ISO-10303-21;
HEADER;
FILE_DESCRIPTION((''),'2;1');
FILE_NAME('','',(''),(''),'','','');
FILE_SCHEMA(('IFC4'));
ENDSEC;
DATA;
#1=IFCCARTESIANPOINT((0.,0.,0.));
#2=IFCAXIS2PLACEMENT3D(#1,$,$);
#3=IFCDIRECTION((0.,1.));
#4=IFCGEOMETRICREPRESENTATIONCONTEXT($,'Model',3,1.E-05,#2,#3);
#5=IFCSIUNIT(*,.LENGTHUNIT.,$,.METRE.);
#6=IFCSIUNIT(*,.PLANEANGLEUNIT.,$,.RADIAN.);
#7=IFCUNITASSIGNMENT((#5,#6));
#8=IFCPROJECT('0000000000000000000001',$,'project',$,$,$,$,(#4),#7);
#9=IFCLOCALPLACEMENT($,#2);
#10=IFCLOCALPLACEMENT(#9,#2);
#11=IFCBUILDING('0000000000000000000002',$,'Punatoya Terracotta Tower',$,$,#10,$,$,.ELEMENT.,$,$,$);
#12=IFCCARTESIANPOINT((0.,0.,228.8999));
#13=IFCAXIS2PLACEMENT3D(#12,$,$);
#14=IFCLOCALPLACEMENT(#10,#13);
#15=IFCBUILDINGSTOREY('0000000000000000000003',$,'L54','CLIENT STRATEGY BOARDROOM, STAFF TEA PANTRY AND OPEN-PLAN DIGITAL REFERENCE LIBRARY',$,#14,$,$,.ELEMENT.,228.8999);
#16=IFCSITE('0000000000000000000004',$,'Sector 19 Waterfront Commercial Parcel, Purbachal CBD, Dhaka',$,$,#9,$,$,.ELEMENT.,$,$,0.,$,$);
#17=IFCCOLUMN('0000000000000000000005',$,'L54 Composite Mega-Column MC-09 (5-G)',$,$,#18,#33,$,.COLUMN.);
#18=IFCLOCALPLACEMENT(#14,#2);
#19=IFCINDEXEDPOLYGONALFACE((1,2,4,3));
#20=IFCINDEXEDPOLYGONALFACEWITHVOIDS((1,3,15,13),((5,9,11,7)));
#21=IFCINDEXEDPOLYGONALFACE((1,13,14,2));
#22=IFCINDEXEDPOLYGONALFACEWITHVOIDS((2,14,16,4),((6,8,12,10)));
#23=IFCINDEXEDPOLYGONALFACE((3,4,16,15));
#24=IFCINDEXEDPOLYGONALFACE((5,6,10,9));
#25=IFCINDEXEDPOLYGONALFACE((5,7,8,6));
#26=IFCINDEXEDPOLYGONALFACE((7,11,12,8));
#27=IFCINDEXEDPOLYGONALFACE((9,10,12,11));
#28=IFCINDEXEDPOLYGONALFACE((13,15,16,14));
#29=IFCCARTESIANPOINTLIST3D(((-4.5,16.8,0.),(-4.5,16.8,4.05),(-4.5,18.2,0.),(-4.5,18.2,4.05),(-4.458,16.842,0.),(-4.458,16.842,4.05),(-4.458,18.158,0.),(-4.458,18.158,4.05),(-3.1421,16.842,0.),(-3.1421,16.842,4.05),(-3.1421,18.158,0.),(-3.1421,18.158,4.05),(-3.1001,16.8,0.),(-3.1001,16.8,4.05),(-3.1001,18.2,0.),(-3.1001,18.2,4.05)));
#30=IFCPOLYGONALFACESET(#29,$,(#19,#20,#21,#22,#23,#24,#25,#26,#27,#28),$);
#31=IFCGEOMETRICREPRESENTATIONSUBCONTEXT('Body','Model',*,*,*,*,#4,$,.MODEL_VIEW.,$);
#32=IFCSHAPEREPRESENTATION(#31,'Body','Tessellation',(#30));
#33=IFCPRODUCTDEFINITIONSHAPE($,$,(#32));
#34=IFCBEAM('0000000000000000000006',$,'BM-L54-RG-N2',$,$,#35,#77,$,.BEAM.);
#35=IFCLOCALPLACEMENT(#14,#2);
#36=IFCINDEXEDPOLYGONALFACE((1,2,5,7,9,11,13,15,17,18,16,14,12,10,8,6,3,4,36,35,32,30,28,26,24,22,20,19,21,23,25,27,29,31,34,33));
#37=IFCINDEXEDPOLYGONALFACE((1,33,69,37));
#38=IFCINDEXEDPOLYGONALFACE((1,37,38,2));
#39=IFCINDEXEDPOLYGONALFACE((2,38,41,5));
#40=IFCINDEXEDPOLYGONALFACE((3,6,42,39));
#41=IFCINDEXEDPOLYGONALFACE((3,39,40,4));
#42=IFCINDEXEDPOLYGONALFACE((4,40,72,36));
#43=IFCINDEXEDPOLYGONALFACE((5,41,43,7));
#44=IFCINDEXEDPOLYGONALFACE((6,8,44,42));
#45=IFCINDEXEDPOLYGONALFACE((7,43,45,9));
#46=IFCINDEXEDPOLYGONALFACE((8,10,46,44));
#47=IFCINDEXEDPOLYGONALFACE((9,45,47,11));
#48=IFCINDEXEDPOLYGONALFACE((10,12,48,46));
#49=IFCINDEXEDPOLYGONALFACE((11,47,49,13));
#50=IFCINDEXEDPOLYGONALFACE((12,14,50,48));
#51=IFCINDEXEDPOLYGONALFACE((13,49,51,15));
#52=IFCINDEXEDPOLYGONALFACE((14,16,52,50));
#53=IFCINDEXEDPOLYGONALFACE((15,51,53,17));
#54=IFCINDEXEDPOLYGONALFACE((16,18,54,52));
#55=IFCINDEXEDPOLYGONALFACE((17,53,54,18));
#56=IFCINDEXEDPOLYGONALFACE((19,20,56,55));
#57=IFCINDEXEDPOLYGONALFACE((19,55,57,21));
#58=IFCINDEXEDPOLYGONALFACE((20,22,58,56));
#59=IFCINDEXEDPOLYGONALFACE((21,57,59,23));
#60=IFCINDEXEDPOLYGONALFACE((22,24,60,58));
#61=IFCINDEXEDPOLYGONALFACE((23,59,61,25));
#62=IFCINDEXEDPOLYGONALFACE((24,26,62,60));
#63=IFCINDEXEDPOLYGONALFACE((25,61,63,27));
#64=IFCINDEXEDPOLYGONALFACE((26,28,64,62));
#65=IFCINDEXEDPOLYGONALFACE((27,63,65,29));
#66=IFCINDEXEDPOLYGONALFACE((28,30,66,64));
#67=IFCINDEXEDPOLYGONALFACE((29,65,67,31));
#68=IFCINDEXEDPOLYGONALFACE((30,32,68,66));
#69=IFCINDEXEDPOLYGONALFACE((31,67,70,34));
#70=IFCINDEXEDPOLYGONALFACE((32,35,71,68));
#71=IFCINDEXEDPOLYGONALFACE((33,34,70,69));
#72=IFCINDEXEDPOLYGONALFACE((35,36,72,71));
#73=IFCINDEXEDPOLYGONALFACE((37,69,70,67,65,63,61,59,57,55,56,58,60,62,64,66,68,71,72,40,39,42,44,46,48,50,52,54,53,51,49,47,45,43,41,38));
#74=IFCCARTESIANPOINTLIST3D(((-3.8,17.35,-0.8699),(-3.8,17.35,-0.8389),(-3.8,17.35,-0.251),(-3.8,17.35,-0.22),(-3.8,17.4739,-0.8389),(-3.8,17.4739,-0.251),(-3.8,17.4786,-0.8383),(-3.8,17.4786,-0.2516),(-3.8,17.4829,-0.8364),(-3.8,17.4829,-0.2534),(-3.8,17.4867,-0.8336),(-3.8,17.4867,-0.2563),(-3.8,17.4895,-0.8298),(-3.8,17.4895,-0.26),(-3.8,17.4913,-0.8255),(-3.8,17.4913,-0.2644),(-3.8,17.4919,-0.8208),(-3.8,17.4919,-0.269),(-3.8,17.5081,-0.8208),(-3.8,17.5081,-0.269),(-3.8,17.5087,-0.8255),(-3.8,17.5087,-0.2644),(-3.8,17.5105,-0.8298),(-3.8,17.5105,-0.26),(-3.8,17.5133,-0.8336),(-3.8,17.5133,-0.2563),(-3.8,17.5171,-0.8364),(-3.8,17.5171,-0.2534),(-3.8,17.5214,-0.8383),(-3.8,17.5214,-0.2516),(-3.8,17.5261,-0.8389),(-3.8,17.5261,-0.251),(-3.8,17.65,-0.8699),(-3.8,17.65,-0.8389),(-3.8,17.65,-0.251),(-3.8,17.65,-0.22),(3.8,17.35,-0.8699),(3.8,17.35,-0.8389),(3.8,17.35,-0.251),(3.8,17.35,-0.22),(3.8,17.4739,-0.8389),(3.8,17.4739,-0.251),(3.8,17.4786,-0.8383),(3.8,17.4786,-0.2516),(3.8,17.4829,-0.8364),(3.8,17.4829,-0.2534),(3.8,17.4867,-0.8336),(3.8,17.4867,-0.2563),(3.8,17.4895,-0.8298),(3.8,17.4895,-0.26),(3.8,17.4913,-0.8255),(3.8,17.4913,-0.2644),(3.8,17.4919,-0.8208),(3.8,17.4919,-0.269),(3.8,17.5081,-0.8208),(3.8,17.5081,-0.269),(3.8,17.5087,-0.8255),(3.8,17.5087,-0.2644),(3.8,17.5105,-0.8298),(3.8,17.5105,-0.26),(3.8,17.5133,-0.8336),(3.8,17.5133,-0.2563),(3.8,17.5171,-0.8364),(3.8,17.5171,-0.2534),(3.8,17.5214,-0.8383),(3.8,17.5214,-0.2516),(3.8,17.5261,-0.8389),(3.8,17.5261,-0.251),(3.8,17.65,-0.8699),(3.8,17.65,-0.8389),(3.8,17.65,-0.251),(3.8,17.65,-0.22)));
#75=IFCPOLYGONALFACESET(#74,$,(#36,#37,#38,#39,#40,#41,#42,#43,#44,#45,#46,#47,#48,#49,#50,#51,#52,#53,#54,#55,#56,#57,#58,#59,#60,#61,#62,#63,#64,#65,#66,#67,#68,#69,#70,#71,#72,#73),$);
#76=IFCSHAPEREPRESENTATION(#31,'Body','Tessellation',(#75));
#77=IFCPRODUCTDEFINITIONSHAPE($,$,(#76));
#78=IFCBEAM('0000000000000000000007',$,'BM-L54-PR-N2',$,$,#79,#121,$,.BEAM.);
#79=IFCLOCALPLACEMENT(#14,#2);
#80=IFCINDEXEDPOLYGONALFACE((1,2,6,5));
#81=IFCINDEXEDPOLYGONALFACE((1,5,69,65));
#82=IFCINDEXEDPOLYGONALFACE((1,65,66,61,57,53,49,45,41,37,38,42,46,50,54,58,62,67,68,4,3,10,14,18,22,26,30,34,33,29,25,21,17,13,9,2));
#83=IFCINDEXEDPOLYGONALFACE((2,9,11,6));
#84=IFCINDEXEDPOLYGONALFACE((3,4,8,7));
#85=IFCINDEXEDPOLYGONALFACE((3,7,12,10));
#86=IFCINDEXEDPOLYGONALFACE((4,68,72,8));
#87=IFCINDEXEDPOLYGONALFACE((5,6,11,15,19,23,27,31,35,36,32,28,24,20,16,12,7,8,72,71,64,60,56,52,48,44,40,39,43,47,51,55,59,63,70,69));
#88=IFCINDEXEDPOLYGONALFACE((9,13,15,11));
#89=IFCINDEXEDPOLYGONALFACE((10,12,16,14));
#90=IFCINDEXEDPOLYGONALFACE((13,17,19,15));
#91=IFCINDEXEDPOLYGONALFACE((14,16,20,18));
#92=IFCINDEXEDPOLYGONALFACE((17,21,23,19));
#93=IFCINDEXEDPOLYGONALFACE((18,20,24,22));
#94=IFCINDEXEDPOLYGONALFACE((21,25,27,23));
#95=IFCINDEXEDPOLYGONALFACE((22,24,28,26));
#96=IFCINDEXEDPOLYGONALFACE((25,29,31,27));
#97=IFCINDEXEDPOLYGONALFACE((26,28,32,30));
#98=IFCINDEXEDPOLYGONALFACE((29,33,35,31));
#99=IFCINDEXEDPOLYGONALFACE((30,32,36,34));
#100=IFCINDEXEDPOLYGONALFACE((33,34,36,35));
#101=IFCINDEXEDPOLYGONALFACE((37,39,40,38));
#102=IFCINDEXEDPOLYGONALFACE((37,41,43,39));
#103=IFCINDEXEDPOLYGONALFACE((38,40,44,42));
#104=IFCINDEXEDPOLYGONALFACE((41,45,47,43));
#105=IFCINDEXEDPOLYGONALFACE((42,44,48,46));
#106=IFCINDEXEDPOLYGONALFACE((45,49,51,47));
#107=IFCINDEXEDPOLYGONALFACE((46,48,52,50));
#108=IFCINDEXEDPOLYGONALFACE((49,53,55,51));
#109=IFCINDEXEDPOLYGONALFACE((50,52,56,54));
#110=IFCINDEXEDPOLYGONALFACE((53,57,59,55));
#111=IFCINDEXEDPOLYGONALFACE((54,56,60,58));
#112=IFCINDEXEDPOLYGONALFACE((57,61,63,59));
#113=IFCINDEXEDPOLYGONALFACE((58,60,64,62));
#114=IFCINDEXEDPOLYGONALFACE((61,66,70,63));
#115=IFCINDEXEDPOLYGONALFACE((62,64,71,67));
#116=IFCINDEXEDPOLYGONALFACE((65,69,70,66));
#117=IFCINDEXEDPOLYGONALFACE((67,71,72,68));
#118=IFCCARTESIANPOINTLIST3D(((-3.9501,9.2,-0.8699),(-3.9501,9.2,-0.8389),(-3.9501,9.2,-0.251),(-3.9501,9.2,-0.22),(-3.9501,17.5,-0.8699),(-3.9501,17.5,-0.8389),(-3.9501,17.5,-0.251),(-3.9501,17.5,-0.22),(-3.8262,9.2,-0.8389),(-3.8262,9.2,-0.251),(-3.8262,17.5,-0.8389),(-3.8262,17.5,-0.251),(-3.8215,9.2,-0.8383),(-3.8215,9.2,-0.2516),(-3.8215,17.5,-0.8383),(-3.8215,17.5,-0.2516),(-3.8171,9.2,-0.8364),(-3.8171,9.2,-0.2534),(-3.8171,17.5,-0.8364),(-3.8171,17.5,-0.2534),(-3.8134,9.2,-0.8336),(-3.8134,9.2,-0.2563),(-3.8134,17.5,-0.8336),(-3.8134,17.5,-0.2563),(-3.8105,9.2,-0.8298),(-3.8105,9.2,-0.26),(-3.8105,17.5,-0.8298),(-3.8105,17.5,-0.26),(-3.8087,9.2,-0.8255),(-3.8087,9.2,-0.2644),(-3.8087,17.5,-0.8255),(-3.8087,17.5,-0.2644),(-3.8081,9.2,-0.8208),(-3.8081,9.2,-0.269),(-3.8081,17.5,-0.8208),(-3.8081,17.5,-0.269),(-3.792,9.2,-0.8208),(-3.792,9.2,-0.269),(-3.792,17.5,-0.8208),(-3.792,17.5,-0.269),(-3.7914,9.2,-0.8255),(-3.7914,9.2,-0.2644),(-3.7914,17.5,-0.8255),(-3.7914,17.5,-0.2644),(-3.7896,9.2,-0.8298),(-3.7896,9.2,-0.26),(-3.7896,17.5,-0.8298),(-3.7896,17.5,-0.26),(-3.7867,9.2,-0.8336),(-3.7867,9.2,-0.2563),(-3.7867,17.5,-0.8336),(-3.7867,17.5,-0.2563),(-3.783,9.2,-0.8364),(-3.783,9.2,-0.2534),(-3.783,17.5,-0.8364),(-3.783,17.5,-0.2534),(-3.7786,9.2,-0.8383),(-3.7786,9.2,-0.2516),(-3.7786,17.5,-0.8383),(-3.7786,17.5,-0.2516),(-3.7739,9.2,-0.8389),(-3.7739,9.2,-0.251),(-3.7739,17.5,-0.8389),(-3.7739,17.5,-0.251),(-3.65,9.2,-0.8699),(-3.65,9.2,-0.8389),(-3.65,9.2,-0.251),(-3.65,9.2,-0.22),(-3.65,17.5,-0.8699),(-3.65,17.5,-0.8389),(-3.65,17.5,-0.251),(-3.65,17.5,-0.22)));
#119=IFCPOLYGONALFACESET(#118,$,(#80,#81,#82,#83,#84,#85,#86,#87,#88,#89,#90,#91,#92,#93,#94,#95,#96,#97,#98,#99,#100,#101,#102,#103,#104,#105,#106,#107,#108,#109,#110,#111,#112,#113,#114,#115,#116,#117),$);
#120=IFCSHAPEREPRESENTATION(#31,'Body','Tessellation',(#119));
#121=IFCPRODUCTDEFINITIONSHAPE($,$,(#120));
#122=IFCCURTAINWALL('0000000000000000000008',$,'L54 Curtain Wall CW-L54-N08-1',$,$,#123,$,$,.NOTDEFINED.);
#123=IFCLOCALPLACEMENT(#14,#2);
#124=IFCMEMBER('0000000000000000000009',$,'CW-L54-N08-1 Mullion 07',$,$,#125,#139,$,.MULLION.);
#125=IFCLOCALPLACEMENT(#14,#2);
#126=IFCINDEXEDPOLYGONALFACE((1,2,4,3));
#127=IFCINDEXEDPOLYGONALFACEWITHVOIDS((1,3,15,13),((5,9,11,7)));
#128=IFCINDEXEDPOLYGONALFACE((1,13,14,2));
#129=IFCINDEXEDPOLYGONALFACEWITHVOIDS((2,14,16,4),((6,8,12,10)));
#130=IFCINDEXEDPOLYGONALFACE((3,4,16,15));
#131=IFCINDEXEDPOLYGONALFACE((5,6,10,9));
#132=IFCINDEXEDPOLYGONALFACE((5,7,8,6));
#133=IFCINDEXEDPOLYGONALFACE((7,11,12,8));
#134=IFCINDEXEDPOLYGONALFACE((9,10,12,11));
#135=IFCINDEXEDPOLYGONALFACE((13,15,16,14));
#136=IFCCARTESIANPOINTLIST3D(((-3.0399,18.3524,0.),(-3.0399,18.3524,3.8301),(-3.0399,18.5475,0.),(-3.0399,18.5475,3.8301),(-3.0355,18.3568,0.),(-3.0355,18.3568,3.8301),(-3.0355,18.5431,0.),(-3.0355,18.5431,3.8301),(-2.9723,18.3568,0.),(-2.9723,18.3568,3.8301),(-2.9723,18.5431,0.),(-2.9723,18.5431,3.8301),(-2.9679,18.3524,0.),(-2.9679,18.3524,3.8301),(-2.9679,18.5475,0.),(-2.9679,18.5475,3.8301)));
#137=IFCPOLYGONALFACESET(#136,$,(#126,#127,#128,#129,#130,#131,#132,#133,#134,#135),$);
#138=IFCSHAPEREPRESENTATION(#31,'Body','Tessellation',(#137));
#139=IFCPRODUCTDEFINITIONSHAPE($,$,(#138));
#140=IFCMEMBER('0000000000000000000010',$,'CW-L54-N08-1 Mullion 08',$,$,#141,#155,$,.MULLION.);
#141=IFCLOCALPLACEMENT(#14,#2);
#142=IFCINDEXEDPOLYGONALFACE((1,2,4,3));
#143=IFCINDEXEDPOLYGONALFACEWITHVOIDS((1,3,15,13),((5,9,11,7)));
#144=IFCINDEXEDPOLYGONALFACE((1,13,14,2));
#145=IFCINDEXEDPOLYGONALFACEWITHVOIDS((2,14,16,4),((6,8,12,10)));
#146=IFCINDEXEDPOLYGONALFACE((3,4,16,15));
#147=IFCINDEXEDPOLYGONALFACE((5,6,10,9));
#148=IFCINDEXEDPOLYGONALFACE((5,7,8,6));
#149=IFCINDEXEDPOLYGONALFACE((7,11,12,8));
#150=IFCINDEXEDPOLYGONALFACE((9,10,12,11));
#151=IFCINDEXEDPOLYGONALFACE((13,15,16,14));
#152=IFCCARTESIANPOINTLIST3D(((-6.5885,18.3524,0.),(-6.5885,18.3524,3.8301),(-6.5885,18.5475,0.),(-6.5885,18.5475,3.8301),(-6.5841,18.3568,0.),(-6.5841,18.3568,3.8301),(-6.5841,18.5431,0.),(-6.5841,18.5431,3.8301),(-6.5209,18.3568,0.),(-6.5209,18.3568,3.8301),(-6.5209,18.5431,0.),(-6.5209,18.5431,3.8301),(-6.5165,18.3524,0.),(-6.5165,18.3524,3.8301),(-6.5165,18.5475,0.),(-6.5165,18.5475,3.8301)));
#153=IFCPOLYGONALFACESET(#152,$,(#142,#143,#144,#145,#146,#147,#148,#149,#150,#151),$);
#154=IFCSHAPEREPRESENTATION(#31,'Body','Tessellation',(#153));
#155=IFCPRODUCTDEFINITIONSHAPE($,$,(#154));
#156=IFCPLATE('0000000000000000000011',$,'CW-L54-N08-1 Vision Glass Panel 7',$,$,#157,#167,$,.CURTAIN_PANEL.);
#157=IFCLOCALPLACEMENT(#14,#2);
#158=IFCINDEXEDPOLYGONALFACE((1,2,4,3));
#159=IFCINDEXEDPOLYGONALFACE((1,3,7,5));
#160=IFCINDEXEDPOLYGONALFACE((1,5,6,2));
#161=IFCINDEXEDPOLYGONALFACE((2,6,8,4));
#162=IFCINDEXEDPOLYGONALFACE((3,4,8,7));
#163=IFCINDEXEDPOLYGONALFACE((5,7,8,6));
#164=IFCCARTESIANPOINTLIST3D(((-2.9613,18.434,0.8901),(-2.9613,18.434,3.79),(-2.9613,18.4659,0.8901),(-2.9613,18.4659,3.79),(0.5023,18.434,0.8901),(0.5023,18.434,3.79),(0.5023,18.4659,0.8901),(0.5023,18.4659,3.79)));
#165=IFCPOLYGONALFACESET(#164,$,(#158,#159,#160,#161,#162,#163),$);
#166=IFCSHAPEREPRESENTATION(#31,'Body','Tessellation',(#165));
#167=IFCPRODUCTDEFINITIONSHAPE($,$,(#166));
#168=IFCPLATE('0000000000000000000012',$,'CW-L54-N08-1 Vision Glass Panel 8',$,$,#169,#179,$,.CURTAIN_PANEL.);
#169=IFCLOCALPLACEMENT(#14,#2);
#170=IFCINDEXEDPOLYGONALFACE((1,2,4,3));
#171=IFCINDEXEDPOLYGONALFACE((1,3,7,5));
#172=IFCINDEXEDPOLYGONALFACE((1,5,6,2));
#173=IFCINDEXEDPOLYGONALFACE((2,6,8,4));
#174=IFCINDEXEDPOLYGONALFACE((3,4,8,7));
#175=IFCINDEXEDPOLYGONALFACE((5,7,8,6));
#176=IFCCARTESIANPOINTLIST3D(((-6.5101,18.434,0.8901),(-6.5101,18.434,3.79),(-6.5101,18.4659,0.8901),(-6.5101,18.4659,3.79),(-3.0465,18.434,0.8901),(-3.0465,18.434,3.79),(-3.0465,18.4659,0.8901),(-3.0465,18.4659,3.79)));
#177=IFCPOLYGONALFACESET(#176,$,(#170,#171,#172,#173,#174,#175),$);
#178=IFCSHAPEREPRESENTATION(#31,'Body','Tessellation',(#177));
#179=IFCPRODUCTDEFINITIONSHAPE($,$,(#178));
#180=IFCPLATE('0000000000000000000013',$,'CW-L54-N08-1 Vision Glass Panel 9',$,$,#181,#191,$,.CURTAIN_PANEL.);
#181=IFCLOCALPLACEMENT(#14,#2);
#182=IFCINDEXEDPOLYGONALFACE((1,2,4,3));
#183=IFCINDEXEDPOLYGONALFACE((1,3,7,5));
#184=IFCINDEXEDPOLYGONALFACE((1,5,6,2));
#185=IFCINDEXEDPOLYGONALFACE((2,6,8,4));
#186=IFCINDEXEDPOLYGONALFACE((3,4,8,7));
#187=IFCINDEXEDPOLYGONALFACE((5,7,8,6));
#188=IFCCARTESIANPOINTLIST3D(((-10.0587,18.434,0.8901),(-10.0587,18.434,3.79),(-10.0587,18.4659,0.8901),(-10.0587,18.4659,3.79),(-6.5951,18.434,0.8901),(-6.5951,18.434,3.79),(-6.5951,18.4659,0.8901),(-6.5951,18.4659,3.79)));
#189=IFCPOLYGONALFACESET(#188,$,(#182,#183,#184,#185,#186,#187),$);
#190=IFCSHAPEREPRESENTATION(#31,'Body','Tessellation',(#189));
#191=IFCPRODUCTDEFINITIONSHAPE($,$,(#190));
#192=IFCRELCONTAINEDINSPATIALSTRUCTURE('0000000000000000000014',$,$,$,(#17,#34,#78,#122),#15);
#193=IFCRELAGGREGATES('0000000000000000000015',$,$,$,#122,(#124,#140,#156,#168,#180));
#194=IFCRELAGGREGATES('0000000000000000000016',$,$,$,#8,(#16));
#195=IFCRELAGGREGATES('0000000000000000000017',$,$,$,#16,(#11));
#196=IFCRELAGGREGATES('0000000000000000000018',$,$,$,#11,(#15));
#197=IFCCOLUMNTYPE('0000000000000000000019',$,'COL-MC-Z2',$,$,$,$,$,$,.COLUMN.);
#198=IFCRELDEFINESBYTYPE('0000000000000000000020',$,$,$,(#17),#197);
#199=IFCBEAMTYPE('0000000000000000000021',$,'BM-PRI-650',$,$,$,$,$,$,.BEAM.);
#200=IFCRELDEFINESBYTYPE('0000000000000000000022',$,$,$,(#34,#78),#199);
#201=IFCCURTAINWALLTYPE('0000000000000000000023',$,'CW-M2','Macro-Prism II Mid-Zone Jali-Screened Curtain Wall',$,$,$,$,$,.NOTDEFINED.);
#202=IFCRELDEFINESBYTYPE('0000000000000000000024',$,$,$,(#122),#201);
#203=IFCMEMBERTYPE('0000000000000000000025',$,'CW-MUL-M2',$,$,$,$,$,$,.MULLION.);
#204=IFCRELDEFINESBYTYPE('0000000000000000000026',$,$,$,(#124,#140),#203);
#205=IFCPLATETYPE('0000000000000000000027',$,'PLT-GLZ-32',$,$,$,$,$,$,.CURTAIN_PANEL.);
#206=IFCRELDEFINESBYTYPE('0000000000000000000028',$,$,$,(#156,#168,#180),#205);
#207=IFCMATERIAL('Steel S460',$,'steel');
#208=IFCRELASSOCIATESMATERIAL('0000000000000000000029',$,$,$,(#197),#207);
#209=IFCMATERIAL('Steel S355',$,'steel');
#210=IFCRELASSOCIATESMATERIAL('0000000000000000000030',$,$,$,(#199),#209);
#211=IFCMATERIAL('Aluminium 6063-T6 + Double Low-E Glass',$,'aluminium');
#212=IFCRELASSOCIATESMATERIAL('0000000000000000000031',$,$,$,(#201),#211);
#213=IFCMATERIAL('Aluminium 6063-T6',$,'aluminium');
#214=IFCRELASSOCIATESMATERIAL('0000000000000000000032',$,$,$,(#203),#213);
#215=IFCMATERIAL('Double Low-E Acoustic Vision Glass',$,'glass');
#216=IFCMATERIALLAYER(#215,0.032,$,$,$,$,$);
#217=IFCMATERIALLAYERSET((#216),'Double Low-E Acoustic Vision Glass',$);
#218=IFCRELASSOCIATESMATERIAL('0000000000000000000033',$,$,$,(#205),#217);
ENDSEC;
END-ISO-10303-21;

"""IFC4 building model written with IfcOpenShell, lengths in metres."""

from ifc_helpers import new_model, si_unit, direction, frame, origin, origin_2d, place, context, subcontext, project, spatial, rectangle, hollow_rectangle, i_section, extrude, material, layer, layer_set, material_profile, profile_set, type_object, element, aggregate, save


model = new_model("IFC4")

# Units and contexts
model_context = context("Model", 3, precision=1e-05, world=origin(), true_north=direction((0.0, 1.0)))
body_context = subcontext(model_context, "Body", "Model", "MODEL_VIEW")
ifc_project = project(units=[si_unit("LENGTHUNIT", "METRE"), si_unit("PLANEANGLEUNIT", "RADIAN")], contexts=[model_context])

# Site, building, storey
site_placement = place(None, origin())
site = spatial("IfcSite", under=ifc_project, at=site_placement, Name="Sector 19 Waterfront Commercial Parcel, Purbachal CBD, Dhaka", CompositionType="ELEMENT", RefElevation=0.0)
building_placement = place(site_placement, origin())
building = spatial("IfcBuilding", under=site, at=building_placement, Name="Punatoya Terracotta Tower", CompositionType="ELEMENT")
storey_placement = place(building_placement, frame((0.0, 0.0, 228.8999)))
storey = spatial("IfcBuildingStorey", under=building, at=storey_placement, Name="L54", Description="CLIENT STRATEGY BOARDROOM, STAFF TEA PANTRY AND OPEN-PLAN DIGITAL REFERENCE LIBRARY", CompositionType="ELEMENT", Elevation=228.8999)

# Column
ifc_material_1 = material(Name="Steel S460", Category="steel")
ifc_material_profile_1 = material_profile(ifc_material_1, hollow_rectangle(XDim=1.3999, YDim=1.3999, WallThickness=0.042, at=origin_2d()))
ifc_profile_set_1 = profile_set([ifc_material_profile_1], Name="Steel S460")
column_type = type_object("IfcColumnType", Name="COL-MC-Z2", PredefinedType="COLUMN", material=ifc_profile_set_1)
column_placement = place(storey_placement, frame((-3.8, 17.5, 0.0), z_axis=(0.0, 0.0, 1.0), x_axis=(1.0, 0.0, 0.0)))
element("IfcColumn", 1, at=column_placement, inside=storey, type_object=column_type, Name="L54 Composite Mega-Column MC-09 (5-G)", PredefinedType="COLUMN", context=body_context, shape_type="SweptSolid", body=[
    extrude(hollow_rectangle(XDim=1.3999, YDim=1.3999, WallThickness=0.042, at=origin_2d()), origin(), (0.0, 0.0, 1.0), 4.05),
])

# Beams
ifc_material_2 = material(Name="Steel S355", Category="steel")
ifc_material_profile_2 = material_profile(ifc_material_2, i_section(OverallWidth=0.3, OverallDepth=0.6499, WebThickness=0.0161, FlangeThickness=0.031, FilletRadius=0.0181, at=origin_2d()))
ifc_profile_set_2 = profile_set([ifc_material_profile_2], Name="Steel S355")
beam_type = type_object("IfcBeamType", Name="BM-PRI-650", PredefinedType="BEAM", material=ifc_profile_set_2)
beam_1_placement = place(storey_placement, frame((-3.8, 17.5, -0.5449), z_axis=(1.0, 0.0, 0.0), x_axis=(0.0, 1.0, 0.0)))
element("IfcBeam", 2, at=beam_1_placement, inside=storey, type_object=beam_type, Name="BM-L54-RG-N2", PredefinedType="BEAM", context=body_context, shape_type="SweptSolid", body=[
    extrude(i_section(OverallWidth=0.3, OverallDepth=0.6499, WebThickness=0.0161, FlangeThickness=0.031, FilletRadius=0.0181, at=origin_2d()), origin(), (0.0, 0.0, 1.0), 7.6001),
])
beam_2_placement = place(storey_placement, frame((-3.8, 9.2, -0.5449), z_axis=(0.0, 1.0, 0.0), x_axis=(-1.0, 0.0, 0.0)))
element("IfcBeam", 3, at=beam_2_placement, inside=storey, type_object=beam_type, Name="BM-L54-PR-N2", PredefinedType="BEAM", context=body_context, shape_type="SweptSolid", body=[
    extrude(i_section(OverallWidth=0.3, OverallDepth=0.6499, WebThickness=0.0161, FlangeThickness=0.031, FilletRadius=0.0181, at=origin_2d()), origin(), (0.0, 0.0, 1.0), 8.3),
])

# Curtain wall, members, plates
ifc_material_3 = material(Name="Aluminium 6063-T6 + Double Low-E Glass", Category="aluminium")
curtain_wall_type = type_object("IfcCurtainWallType", Name="CW-M2", Description="Macro-Prism II Mid-Zone Jali-Screened Curtain Wall", PredefinedType="NOTDEFINED", material=ifc_material_3)
curtain_wall_placement = place(storey_placement, origin())
curtain_wall = element("IfcCurtainWall", 4, at=curtain_wall_placement, inside=storey, type_object=curtain_wall_type, Name="L54 Curtain Wall CW-L54-N08-1", PredefinedType="NOTDEFINED")
ifc_material_4 = material(Name="Aluminium 6063-T6", Category="aluminium")
ifc_material_profile_3 = material_profile(ifc_material_4, hollow_rectangle(XDim=0.072, YDim=0.1951, WallThickness=0.0044, at=origin_2d()))
ifc_profile_set_3 = profile_set([ifc_material_profile_3], Name="Aluminium 6063-T6")
member_type = type_object("IfcMemberType", Name="CW-MUL-M2", PredefinedType="MULLION", material=ifc_profile_set_3)
member_1_placement = place(storey_placement, frame((-3.0039, 18.45, 0.0), z_axis=(0.0, 0.0, 1.0), x_axis=(1.0, 0.0, 0.0)))
member_1 = element("IfcMember", 5, at=member_1_placement, type_object=member_type, Name="CW-L54-N08-1 Mullion 07", PredefinedType="MULLION", context=body_context, shape_type="SweptSolid", body=[
    extrude(hollow_rectangle(XDim=0.072, YDim=0.1951, WallThickness=0.0044, at=origin_2d()), origin(), (0.0, 0.0, 1.0), 3.8301),
])
member_2_placement = place(storey_placement, frame((-6.5525, 18.45, 0.0), z_axis=(0.0, 0.0, 1.0), x_axis=(1.0, 0.0, 0.0)))
member_2 = element("IfcMember", 6, at=member_2_placement, type_object=member_type, Name="CW-L54-N08-1 Mullion 08", PredefinedType="MULLION", context=body_context, shape_type="SweptSolid", body=[
    extrude(hollow_rectangle(XDim=0.072, YDim=0.1951, WallThickness=0.0044, at=origin_2d()), origin(), (0.0, 0.0, 1.0), 3.8301),
])
ifc_material_5 = material(Name="Double Low-E Acoustic Vision Glass", Category="glass")
ifc_layer_1 = layer(ifc_material_5, 0.032)
ifc_layer_set_1 = layer_set([ifc_layer_1], Name="Double Low-E Acoustic Vision Glass")
plate_type_1 = type_object("IfcPlateType", Name="PLT-GLZ-32", PredefinedType="CURTAIN_PANEL", material=ifc_layer_set_1)
plate_1_placement = place(storey_placement, frame((-1.2295, 18.45, 0.8901), z_axis=(0.0, 0.0, 1.0), x_axis=(-1.0, 0.0, 0.0)))
plate_1 = element("IfcPlate", 7, at=plate_1_placement, type_object=plate_type_1, Name="CW-L54-N08-1 Vision Glass Panel 7", PredefinedType="CURTAIN_PANEL", context=body_context, shape_type="SweptSolid", body=[
    extrude(rectangle(XDim=3.4636, YDim=0.032, at=origin_2d()), origin(), (0.0, 0.0, 1.0), 2.8999),
])
plate_2_placement = place(storey_placement, frame((-4.7783, 18.45, 0.8901), z_axis=(0.0, 0.0, 1.0), x_axis=(-1.0, 0.0, 0.0)))
plate_2 = element("IfcPlate", 8, at=plate_2_placement, type_object=plate_type_1, Name="CW-L54-N08-1 Vision Glass Panel 8", PredefinedType="CURTAIN_PANEL", context=body_context, shape_type="SweptSolid", body=[
    extrude(rectangle(XDim=3.4636, YDim=0.032, at=origin_2d()), origin(), (0.0, 0.0, 1.0), 2.8999),
])
plate_3_placement = place(storey_placement, frame((-8.3269, 18.45, 0.8901), z_axis=(0.0, 0.0, 1.0), x_axis=(-1.0, 0.0, 0.0)))
plate_3 = element("IfcPlate", 9, at=plate_3_placement, type_object=plate_type_1, Name="CW-L54-N08-1 Vision Glass Panel 9", PredefinedType="CURTAIN_PANEL", context=body_context, shape_type="SweptSolid", body=[
    extrude(rectangle(XDim=3.4636, YDim=0.032, at=origin_2d()), origin(), (0.0, 0.0, 1.0), 2.8999),
])
aggregate(curtain_wall, [member_1, member_2, plate_1, plate_2, plate_3])

save(model, "model.ifc")
